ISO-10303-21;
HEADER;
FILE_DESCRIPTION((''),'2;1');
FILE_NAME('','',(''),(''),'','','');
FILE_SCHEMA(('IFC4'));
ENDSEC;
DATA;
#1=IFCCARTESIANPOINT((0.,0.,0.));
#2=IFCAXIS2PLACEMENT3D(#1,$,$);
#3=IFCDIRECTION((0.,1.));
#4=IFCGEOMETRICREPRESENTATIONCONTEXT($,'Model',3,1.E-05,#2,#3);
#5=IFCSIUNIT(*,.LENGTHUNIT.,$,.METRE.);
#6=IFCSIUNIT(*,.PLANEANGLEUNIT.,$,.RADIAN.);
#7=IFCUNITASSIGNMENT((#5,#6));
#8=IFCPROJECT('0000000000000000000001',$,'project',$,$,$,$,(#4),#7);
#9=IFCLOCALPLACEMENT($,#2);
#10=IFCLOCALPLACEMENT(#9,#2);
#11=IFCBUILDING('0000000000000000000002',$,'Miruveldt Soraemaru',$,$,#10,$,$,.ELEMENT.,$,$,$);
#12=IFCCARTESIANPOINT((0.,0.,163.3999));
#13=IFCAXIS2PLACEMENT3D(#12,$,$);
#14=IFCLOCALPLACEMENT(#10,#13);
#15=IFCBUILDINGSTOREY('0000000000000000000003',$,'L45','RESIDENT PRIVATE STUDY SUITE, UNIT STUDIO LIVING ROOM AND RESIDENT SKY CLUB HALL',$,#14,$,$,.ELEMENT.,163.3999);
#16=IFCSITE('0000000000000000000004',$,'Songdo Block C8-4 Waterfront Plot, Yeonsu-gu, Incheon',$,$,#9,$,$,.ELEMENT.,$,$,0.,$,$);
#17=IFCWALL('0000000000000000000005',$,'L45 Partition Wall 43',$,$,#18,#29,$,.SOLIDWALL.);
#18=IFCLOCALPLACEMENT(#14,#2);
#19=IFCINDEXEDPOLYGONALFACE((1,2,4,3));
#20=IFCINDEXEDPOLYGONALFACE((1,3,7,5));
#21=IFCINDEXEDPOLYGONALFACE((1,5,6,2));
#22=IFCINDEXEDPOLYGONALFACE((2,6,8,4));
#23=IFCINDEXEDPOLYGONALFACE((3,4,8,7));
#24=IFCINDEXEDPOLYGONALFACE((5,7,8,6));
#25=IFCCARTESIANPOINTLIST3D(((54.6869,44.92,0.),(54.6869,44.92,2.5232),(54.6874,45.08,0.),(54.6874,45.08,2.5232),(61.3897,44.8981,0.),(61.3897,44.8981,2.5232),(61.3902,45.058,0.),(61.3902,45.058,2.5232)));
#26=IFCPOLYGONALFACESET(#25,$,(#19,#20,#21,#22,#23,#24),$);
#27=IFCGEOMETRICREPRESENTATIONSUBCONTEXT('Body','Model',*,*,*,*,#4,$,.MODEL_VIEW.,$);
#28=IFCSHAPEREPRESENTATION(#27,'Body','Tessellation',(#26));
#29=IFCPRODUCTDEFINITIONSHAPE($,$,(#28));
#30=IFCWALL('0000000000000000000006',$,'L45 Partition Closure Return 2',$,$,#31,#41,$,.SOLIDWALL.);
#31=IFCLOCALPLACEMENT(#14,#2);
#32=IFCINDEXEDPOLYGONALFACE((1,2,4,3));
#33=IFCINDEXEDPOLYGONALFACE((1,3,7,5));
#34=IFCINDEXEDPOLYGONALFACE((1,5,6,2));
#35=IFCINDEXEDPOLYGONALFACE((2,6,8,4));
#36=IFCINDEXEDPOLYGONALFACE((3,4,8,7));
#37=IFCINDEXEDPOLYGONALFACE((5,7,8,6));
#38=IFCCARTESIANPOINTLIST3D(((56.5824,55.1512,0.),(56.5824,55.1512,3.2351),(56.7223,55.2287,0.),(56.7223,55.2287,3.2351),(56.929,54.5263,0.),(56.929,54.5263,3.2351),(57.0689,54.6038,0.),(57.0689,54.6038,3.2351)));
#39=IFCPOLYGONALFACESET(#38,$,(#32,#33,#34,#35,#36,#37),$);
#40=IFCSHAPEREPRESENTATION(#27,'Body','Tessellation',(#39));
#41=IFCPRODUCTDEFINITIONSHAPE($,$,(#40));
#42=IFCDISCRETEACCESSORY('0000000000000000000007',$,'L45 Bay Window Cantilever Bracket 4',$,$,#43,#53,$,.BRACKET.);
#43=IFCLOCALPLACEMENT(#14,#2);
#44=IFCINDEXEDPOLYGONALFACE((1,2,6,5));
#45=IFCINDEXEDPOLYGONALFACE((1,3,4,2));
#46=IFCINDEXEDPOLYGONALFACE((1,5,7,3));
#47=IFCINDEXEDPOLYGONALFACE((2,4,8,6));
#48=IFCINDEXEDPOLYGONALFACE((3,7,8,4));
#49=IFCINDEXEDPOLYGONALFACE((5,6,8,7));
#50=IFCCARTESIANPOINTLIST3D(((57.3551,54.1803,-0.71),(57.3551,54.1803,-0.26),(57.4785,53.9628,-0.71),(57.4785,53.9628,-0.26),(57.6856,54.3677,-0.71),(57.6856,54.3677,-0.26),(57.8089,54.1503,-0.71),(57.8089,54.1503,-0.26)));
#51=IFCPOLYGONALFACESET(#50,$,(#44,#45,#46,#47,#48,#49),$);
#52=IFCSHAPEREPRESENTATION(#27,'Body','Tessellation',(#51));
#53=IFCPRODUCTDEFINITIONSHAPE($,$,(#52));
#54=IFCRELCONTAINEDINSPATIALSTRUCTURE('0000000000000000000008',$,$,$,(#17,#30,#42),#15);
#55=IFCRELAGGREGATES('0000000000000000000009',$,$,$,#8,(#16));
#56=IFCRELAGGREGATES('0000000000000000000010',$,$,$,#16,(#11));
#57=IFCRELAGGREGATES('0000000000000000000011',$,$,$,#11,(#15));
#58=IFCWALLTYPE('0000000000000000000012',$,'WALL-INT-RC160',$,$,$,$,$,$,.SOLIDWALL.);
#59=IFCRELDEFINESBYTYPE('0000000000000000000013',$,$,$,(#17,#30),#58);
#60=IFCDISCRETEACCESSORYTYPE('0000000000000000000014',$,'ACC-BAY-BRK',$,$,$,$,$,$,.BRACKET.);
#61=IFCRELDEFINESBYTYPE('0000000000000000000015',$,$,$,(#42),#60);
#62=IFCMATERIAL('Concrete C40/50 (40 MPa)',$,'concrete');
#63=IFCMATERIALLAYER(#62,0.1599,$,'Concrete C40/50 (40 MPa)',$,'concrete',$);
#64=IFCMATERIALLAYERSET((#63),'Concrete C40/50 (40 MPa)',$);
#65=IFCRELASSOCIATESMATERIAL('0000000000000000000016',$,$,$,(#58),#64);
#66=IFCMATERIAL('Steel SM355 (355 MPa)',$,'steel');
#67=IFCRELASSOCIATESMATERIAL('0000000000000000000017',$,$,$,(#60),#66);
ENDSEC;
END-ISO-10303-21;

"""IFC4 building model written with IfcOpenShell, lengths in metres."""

from ifc_helpers import new_model, si_unit, direction, frame, frame_2d, origin, origin_2d, place, context, subcontext, project, spatial, rectangle, extrude, material, layer, layer_set, type_object, element, save


model = new_model("IFC4")

# Units and contexts
model_context = context("Model", 3, precision=1e-05, world=origin(), true_north=direction((0.0, 1.0)))
body_context = subcontext(model_context, "Body", "Model", "MODEL_VIEW")
ifc_project = project(units=[si_unit("LENGTHUNIT", "METRE"), si_unit("PLANEANGLEUNIT", "RADIAN")], contexts=[model_context])

# Site, building, storey
site_placement = place(None, origin())
site = spatial("IfcSite", under=ifc_project, at=site_placement, Name="Songdo Block C8-4 Waterfront Plot, Yeonsu-gu, Incheon", CompositionType="ELEMENT", RefElevation=0.0)
building_placement = place(site_placement, origin())
building = spatial("IfcBuilding", under=site, at=building_placement, Name="Miruveldt Soraemaru", CompositionType="ELEMENT")
storey_placement = place(building_placement, frame((0.0, 0.0, 163.3999)))
storey = spatial("IfcBuildingStorey", under=building, at=storey_placement, Name="L45", Description="RESIDENT PRIVATE STUDY SUITE, UNIT STUDIO LIVING ROOM AND RESIDENT SKY CLUB HALL", CompositionType="ELEMENT", Elevation=163.3999)

# Shared definitions
ifc_material_1 = material(Name="Steel SM355 (355 MPa)", Category="steel")

# Walls
ifc_material_2 = material(Name="Concrete C40/50 (40 MPa)", Category="concrete")
ifc_layer_1 = layer(ifc_material_2, 0.1599, Name="Concrete C40/50 (40 MPa)", Category="concrete")
ifc_layer_set_1 = layer_set([ifc_layer_1], Name="Concrete C40/50 (40 MPa)")
wall_type_1 = type_object("IfcWallType", Name="WALL-INT-RC160", PredefinedType="SOLIDWALL", material=ifc_layer_set_1)
wall_1_placement = place(storey_placement, frame((54.687, 45.0, 0.0), z_axis=(0.0, 0.0, 1.0), x_axis=(0.999995, -0.003278, 0.0)))
element("IfcWall", 1, at=wall_1_placement, inside=storey, type_object=wall_type_1, Name="L45 Partition Wall 43", PredefinedType="SOLIDWALL", context=body_context, shape_type="SweptSolid", body=[
    extrude(rectangle(XDim=6.7029, YDim=0.1599, at=frame_2d((3.3516, 0.0))), origin(), (0.0, 0.0, 1.0), 2.5232),
])
wall_2_placement = place(storey_placement, frame((56.999, 54.5649, 0.0), z_axis=(0.0, 0.0, 1.0), x_axis=(-0.485063, 0.874479, 0.0)))
element("IfcWall", 2, at=wall_2_placement, inside=storey, type_object=wall_type_1, Name="L45 Partition Closure Return 2", PredefinedType="SOLIDWALL", context=body_context, shape_type="SweptSolid", body=[
    extrude(rectangle(XDim=0.7146, YDim=0.1599, at=frame_2d((0.3574, 0.0))), origin(), (0.0, 0.0, 1.0), 3.2351),
])

# Discrete accessory
discrete_accessory_type = type_object("IfcDiscreteAccessoryType", Name="ACC-BAY-BRK", PredefinedType="BRACKET", material=ifc_material_1)
discrete_accessory_placement = place(storey_placement, frame((57.582, 54.1653, -0.71), z_axis=(0.0, 0.0, 1.0), x_axis=(0.869822, 0.493365, 0.0)))
element("IfcDiscreteAccessory", 3, at=discrete_accessory_placement, inside=storey, type_object=discrete_accessory_type, Name="L45 Bay Window Cantilever Bracket 4", PredefinedType="BRACKET", context=body_context, shape_type="SweptSolid", body=[
    extrude(rectangle(XDim=0.3799, YDim=0.25, at=origin_2d()), origin(), (0.0, 0.0, 1.0), 0.45),
])

save(model, "model.ifc")
